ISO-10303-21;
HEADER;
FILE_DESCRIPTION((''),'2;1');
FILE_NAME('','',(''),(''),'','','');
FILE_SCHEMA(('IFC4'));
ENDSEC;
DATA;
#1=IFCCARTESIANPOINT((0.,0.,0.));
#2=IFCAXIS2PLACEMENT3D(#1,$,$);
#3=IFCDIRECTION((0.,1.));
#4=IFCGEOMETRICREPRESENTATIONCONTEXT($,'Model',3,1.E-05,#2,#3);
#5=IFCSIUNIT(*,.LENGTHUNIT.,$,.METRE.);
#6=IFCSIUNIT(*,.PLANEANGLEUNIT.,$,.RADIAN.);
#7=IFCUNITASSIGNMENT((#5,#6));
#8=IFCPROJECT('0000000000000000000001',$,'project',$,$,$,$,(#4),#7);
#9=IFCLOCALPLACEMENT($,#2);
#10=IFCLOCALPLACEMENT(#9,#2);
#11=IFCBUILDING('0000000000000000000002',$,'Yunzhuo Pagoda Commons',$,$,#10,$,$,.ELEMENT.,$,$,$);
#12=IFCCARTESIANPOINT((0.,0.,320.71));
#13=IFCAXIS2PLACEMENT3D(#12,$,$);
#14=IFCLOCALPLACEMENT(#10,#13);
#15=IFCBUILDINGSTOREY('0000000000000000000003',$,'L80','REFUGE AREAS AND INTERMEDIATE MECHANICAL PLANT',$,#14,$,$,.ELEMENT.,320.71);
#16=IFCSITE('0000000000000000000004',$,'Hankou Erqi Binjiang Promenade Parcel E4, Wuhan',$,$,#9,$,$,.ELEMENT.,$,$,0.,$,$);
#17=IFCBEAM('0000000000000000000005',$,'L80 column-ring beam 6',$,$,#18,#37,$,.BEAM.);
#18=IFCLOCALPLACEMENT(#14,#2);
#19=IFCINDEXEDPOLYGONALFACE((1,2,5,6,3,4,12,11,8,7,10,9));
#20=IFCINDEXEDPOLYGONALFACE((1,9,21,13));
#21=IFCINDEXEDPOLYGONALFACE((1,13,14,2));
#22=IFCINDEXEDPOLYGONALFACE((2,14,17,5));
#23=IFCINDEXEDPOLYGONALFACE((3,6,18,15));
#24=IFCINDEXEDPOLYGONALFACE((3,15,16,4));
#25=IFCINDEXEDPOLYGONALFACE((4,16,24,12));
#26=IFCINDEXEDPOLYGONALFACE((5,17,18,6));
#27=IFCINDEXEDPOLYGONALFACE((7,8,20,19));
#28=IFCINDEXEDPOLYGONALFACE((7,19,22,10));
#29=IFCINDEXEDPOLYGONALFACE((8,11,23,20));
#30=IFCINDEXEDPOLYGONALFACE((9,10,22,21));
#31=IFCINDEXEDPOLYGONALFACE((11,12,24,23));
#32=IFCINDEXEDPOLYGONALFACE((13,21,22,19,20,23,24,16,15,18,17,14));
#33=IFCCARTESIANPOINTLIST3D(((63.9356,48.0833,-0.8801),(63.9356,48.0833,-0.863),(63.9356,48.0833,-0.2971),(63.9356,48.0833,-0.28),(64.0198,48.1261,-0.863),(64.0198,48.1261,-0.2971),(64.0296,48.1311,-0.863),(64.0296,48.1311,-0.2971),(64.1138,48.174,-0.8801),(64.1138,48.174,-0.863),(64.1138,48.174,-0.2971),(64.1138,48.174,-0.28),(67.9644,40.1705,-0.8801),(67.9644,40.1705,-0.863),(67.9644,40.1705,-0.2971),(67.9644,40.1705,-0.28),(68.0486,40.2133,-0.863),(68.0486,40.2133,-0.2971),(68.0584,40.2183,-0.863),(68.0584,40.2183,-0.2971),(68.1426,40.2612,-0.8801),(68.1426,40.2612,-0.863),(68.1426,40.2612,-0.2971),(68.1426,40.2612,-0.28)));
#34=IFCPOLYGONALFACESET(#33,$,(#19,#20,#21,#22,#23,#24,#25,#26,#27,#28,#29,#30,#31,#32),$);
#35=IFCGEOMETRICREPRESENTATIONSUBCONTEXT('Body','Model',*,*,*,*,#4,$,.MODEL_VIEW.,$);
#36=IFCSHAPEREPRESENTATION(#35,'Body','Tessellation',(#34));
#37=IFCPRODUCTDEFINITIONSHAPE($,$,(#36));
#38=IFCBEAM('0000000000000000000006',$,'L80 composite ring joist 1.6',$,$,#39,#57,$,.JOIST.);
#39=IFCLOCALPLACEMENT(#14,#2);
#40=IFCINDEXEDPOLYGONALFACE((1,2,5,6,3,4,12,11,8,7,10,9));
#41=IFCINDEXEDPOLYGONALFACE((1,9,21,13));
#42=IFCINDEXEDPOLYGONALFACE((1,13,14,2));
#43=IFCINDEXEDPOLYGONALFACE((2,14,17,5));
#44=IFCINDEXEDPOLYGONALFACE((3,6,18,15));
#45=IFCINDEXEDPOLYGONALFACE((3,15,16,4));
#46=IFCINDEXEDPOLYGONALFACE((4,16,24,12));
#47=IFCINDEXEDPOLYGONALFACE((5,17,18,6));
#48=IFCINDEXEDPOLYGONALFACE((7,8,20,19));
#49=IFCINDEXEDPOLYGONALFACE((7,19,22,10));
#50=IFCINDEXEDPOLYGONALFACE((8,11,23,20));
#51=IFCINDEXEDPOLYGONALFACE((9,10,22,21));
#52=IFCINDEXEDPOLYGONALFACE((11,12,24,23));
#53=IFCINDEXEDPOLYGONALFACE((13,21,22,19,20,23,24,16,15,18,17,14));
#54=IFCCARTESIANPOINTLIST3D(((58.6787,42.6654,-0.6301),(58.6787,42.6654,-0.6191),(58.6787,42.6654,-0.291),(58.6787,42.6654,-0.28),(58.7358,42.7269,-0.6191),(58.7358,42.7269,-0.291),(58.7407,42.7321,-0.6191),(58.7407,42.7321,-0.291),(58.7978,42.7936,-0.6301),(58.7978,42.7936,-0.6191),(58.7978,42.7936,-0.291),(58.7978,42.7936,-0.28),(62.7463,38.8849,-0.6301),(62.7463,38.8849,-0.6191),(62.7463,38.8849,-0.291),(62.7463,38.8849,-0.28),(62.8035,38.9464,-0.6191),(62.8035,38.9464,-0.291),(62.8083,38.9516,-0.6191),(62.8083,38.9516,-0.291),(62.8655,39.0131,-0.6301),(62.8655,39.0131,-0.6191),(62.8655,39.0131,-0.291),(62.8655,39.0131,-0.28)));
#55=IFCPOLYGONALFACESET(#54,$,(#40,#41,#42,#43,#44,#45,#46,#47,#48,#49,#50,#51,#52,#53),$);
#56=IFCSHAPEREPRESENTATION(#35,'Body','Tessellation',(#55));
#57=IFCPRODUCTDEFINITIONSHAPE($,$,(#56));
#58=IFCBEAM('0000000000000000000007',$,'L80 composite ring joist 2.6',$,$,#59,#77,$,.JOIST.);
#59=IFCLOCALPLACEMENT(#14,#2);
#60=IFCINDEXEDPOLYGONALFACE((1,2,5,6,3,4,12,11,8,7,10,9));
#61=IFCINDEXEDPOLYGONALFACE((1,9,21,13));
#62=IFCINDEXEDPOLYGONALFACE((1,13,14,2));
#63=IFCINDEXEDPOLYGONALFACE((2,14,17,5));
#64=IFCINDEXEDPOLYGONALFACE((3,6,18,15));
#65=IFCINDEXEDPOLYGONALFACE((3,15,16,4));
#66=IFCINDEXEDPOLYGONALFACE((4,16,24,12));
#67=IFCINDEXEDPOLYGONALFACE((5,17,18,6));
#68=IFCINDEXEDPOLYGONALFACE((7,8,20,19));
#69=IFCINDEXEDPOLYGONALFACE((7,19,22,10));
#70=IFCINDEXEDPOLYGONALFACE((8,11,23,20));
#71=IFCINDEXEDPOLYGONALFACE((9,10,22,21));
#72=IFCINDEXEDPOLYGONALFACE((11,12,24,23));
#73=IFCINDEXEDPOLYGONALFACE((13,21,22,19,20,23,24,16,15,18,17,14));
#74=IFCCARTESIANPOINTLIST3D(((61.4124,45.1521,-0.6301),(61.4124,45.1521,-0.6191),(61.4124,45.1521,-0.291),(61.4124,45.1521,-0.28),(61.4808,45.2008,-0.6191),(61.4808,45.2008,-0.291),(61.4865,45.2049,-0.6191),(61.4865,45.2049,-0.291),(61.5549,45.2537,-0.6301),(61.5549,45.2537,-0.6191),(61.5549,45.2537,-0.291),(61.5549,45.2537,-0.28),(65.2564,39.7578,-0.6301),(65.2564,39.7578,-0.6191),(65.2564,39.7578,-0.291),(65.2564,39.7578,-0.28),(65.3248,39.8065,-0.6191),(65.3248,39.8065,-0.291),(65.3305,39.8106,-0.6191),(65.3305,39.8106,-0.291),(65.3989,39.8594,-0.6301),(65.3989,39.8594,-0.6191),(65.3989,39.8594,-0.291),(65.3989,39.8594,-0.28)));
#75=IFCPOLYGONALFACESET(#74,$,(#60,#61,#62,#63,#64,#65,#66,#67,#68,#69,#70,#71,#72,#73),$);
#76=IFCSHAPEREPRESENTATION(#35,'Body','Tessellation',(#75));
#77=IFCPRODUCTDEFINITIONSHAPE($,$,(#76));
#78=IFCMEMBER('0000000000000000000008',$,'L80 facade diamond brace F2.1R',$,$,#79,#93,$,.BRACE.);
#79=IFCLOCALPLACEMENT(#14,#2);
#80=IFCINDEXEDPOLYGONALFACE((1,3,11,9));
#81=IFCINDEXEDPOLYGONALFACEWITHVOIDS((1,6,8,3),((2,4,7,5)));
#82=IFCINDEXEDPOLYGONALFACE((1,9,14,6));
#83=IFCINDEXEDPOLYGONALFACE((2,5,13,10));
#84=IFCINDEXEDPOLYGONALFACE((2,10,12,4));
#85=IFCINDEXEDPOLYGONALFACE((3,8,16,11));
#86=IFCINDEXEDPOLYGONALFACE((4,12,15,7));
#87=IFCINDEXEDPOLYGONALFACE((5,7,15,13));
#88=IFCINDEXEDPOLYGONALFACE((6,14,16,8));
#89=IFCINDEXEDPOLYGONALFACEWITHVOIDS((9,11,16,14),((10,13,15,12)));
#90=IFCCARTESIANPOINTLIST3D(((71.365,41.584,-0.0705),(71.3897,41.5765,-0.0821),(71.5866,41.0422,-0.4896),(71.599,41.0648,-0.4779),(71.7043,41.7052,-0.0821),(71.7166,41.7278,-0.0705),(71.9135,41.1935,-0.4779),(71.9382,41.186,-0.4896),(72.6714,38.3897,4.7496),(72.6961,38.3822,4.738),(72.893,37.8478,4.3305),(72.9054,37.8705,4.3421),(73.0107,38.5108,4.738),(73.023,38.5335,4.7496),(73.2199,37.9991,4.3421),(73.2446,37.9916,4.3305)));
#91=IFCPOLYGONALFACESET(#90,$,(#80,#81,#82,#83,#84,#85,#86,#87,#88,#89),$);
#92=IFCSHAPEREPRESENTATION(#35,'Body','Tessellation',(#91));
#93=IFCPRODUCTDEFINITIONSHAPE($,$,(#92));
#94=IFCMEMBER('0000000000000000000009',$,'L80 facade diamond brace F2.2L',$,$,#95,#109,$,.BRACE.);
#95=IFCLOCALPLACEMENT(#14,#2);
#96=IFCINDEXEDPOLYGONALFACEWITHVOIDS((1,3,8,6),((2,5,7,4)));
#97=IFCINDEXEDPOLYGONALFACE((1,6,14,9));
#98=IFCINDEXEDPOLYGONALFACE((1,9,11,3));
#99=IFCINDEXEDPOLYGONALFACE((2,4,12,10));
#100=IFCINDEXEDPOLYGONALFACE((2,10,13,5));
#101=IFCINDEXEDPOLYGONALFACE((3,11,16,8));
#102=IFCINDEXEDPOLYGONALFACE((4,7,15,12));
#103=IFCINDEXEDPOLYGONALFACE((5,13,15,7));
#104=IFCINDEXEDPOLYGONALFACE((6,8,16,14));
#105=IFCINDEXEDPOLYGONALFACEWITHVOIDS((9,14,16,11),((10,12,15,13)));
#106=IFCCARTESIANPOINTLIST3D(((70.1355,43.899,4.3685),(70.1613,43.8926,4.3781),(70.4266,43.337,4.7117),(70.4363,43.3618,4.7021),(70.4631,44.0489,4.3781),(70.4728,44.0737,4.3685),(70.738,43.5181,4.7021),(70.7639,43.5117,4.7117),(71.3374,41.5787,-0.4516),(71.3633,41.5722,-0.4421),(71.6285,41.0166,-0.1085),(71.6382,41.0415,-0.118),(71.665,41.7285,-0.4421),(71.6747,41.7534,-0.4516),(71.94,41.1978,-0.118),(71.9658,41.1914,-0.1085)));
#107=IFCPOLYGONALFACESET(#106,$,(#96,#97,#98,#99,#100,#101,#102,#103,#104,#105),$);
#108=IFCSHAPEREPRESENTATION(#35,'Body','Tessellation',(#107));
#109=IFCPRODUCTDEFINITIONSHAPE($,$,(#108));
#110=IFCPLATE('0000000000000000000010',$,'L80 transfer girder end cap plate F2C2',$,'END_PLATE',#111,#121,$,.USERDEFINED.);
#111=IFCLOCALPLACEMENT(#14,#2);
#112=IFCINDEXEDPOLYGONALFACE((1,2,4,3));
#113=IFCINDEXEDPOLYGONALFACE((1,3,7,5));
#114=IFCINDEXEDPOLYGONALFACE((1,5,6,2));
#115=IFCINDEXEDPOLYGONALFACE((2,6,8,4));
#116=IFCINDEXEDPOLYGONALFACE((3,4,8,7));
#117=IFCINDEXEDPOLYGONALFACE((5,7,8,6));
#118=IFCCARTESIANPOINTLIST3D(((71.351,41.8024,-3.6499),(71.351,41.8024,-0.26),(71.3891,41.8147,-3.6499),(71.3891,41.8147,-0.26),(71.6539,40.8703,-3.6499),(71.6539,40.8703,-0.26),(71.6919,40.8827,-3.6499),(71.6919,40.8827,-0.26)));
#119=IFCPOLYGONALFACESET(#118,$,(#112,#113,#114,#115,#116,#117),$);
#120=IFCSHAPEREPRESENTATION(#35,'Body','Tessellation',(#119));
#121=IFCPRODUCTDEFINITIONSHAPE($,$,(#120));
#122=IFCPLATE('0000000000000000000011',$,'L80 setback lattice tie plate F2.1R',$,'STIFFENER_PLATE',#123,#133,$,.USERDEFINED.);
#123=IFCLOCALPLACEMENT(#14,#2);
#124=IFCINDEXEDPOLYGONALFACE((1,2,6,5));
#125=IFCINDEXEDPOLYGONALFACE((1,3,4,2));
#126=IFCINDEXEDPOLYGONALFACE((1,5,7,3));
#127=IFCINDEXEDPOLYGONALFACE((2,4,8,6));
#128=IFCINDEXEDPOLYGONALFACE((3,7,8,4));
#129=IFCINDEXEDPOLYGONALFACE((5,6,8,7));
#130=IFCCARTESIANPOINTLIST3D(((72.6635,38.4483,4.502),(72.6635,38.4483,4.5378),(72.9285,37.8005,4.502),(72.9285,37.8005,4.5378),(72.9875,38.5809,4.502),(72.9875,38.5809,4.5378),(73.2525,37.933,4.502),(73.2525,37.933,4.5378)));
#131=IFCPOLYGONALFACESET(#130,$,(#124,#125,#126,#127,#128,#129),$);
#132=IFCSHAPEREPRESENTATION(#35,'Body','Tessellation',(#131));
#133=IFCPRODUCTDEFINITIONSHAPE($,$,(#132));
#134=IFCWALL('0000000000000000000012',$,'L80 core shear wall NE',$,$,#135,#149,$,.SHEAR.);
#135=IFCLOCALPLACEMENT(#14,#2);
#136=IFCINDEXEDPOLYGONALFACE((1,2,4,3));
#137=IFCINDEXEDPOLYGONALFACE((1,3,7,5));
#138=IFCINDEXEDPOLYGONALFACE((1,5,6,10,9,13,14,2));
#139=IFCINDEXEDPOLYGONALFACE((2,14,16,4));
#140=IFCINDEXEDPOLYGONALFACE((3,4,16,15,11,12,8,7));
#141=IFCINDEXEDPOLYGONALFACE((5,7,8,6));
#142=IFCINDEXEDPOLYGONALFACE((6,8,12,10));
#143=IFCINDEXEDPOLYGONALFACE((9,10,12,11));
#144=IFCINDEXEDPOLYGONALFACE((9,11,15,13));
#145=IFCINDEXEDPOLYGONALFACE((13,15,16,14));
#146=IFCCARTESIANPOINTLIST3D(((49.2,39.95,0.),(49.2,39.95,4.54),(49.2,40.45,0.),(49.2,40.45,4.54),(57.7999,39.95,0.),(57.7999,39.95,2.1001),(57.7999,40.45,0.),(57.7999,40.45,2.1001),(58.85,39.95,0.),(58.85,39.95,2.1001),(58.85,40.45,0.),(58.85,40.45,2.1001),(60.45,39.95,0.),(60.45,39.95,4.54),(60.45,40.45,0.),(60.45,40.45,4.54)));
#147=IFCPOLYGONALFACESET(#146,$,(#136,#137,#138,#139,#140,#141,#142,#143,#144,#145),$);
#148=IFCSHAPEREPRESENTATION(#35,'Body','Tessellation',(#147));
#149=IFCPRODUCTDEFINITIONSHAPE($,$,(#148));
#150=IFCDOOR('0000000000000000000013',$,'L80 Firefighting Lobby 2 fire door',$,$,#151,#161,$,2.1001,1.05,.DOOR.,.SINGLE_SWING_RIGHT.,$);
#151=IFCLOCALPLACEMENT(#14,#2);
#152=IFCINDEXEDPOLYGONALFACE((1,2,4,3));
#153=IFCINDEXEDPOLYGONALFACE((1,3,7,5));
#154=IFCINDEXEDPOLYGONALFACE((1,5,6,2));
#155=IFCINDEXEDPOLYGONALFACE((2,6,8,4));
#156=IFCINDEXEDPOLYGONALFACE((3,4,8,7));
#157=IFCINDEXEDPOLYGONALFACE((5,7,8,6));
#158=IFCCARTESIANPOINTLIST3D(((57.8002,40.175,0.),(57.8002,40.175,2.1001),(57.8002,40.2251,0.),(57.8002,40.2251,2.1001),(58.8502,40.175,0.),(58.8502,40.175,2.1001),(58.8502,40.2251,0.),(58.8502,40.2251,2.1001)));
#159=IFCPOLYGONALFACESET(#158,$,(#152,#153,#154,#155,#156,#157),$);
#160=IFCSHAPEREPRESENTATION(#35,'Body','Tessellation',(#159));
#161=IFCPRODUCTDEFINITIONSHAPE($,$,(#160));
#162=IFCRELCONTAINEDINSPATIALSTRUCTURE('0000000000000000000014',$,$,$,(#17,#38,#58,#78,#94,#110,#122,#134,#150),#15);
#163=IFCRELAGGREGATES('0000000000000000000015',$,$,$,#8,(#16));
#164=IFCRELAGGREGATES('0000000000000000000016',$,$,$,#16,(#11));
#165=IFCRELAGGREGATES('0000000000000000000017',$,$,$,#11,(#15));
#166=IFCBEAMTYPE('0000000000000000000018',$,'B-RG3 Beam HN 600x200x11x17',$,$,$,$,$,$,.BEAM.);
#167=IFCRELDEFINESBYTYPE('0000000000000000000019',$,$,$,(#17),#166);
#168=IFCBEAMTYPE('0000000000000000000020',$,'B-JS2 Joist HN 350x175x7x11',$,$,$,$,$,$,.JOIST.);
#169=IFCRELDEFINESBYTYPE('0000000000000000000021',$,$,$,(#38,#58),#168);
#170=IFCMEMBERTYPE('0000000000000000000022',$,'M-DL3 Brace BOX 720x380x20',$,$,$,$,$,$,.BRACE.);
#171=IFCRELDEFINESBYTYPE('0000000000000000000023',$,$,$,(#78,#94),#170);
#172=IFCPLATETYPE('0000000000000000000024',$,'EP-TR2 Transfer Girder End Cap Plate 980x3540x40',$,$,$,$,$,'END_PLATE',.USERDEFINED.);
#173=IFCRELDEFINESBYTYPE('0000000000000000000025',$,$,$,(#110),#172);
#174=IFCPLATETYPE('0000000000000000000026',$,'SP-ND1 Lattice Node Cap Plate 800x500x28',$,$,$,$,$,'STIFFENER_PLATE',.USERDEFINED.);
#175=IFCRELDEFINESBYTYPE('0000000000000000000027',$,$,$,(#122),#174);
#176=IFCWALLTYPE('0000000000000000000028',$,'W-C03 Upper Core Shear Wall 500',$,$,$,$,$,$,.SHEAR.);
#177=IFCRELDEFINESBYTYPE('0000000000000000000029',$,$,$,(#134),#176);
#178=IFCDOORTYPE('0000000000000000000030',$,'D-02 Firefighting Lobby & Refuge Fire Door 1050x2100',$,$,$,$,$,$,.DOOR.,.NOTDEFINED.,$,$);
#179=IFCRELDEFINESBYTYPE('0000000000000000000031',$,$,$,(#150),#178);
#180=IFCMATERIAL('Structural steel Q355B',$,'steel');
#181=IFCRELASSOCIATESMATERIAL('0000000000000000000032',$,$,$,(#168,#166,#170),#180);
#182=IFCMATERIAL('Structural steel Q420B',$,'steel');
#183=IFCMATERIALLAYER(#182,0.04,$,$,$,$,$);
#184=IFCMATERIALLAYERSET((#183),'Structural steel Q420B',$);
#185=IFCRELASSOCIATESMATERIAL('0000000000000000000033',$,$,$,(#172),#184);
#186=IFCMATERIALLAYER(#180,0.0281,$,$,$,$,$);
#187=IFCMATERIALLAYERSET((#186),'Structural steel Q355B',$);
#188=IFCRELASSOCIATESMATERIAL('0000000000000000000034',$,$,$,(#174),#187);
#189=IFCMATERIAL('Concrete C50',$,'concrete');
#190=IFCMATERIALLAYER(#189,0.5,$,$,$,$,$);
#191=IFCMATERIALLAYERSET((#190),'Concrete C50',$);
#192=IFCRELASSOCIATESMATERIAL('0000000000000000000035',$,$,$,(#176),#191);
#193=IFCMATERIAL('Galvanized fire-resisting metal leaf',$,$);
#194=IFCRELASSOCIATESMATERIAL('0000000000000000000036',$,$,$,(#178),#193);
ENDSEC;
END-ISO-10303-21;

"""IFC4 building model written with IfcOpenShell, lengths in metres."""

from ifc_helpers import new_model, si_unit, direction, frame, frame_2d, origin, origin_2d, place, context, subcontext, project, spatial, rectangle, hollow_rectangle, i_section, extrude, source, transform, mapped, material, layer, layer_set, material_profile, profile_set, type_object, element, fill, save


model = new_model("IFC4")

# Units and contexts
model_context = context("Model", 3, precision=1e-05, world=origin(), true_north=direction((0.0, 1.0)))
body_context = subcontext(model_context, "Body", "Model", "MODEL_VIEW")
ifc_project = project(units=[si_unit("LENGTHUNIT", "METRE"), si_unit("PLANEANGLEUNIT", "RADIAN")], contexts=[model_context])

# Site, building, storey
site_placement = place(None, origin())
site = spatial("IfcSite", under=ifc_project, at=site_placement, Name="Hankou Erqi Binjiang Promenade Parcel E4, Wuhan", CompositionType="ELEMENT", RefElevation=0.0)
building_placement = place(site_placement, origin())
building = spatial("IfcBuilding", under=site, at=building_placement, Name="Yunzhuo Pagoda Commons", CompositionType="ELEMENT")
storey_placement = place(building_placement, frame((0.0, 0.0, 320.71)))
storey = spatial("IfcBuildingStorey", under=building, at=storey_placement, Name="L80", Description="REFUGE AREAS AND INTERMEDIATE MECHANICAL PLANT", CompositionType="ELEMENT", Elevation=320.71)

# Shared definitions
ifc_material_1 = material(Name="Structural steel Q420B", Category="steel")
ifc_material_2 = material(Name="Structural steel Q355B", Category="steel")

# Beams
ifc_material_profile_1 = material_profile(ifc_material_2, i_section(OverallWidth=0.175, OverallDepth=0.3501, WebThickness=0.0071, FlangeThickness=0.011, at=origin_2d()), Name="Structural steel Q355B")
ifc_profile_set_1 = profile_set([ifc_material_profile_1], Name="Structural steel Q355B")
beam_type_1 = type_object("IfcBeamType", Name="B-JS2 Joist HN 350x175x7x11", PredefinedType="JOIST", material=ifc_profile_set_1)
ifc_material_profile_2 = material_profile(ifc_material_2, i_section(OverallWidth=0.2, OverallDepth=0.6001, WebThickness=0.011, FlangeThickness=0.0171, at=origin_2d()), Name="Structural steel Q355B")
ifc_profile_set_2 = profile_set([ifc_material_profile_2], Name="Structural steel Q355B")
beam_type_2 = type_object("IfcBeamType", Name="B-RG3 Beam HN 600x200x11x17", PredefinedType="BEAM", material=ifc_profile_set_2)
shared_shape_1 = source(origin(), body_context, "Body", "SweptSolid", [
    extrude(i_section(OverallWidth=0.2, OverallDepth=0.6001, WebThickness=0.011, FlangeThickness=0.0171, at=origin_2d()), origin(), (0.0, 0.0, 1.0), 8.8794),
])
beam_1_placement = place(storey_placement, frame((68.0535, 40.2158, -0.5801), z_axis=(-0.453724, 0.891142, 0.0), x_axis=(-0.891142, -0.453724, 0.0)))
element("IfcBeam", 1, at=beam_1_placement, inside=storey, type_object=beam_type_2, Name="L80 column-ring beam 6", PredefinedType="BEAM", context=body_context, shape_type="MappedRepresentation", body=[
    mapped(shared_shape_1, transform((0.0, 0.0, 0.0), scale=1.0)),
])
shared_shape_2 = source(origin(), body_context, "Body", "SweptSolid", [
    extrude(i_section(OverallWidth=0.175, OverallDepth=0.3501, WebThickness=0.0071, FlangeThickness=0.011, at=origin_2d()), origin(), (0.0, 0.0, 1.0), 5.5532),
])
beam_2_placement = place(storey_placement, frame((62.8059, 38.949, -0.4551), z_axis=(-0.732485, 0.680783, 0.0), x_axis=(-0.680783, -0.732485, 0.0)))
element("IfcBeam", 2, at=beam_2_placement, inside=storey, type_object=beam_type_1, Name="L80 composite ring joist 1.6", PredefinedType="JOIST", context=body_context, shape_type="MappedRepresentation", body=[
    mapped(shared_shape_2, transform((0.0, 0.0, 0.0), scale=1.0)),
])
shared_shape_3 = source(origin(), body_context, "Body", "SweptSolid", [
    extrude(i_section(OverallWidth=0.175, OverallDepth=0.3501, WebThickness=0.0071, FlangeThickness=0.011, at=origin_2d()), origin(), (0.0, 0.0, 1.0), 6.6238),
])
beam_3_placement = place(storey_placement, frame((65.3276, 39.8086, -0.4551), z_axis=(-0.580331, 0.81438, 0.0), x_axis=(-0.81438, -0.580331, 0.0)))
element("IfcBeam", 3, at=beam_3_placement, inside=storey, type_object=beam_type_1, Name="L80 composite ring joist 2.6", PredefinedType="JOIST", context=body_context, shape_type="MappedRepresentation", body=[
    mapped(shared_shape_3, transform((0.0, 0.0, 0.0), scale=1.0)),
])

# Members
ifc_material_profile_3 = material_profile(ifc_material_2, hollow_rectangle(XDim=0.3799, YDim=0.72, WallThickness=0.02, at=origin_2d()), Name="Structural steel Q355B")
ifc_profile_set_3 = profile_set([ifc_material_profile_3], Name="Structural steel Q355B")
member_type = type_object("IfcMemberType", Name="M-DL3 Brace BOX 720x380x20", PredefinedType="BRACE", material=ifc_profile_set_3)
shared_shape_4 = source(origin(), body_context, "Body", "SweptSolid", [
    extrude(hollow_rectangle(XDim=0.3799, YDim=0.72, WallThickness=0.02, at=origin_2d()), origin(), (0.0, 0.0, 1.0), 5.9282),
])
member_1_placement = place(storey_placement, frame((71.6516, 41.385, -0.28), z_axis=(0.22037, -0.538838, 0.813075), x_axis=(0.925585, 0.378539, 0.0)))
element("IfcMember", 4, at=member_1_placement, inside=storey, type_object=member_type, Name="L80 facade diamond brace F2.1R", PredefinedType="BRACE", context=body_context, shape_type="MappedRepresentation", body=[
    mapped(shared_shape_4, transform((0.0, 0.0, 0.0), scale=1.0)),
])
shared_shape_5 = source(origin(), body_context, "Body", "SweptSolid", [
    extrude(hollow_rectangle(XDim=0.3799, YDim=0.72, WallThickness=0.02, at=origin_2d()), origin(), (0.0, 0.0, 1.0), 5.4829),
])
member_2_placement = place(storey_placement, frame((71.6516, 41.385, -0.28), z_axis=(-0.219212, 0.423196, 0.87912), x_axis=(-0.887945, -0.459949, 0.0)))
element("IfcMember", 5, at=member_2_placement, inside=storey, type_object=member_type, Name="L80 facade diamond brace F2.2L", PredefinedType="BRACE", context=body_context, shape_type="MappedRepresentation", body=[
    mapped(shared_shape_5, transform((0.0, 0.0, 0.0), scale=1.0)),
])

# Plates
ifc_layer_1 = layer(ifc_material_1, 0.04)
ifc_layer_set_1 = layer_set([ifc_layer_1], Name="Structural steel Q420B")
plate_type_1 = type_object("IfcPlateType", Name="EP-TR2 Transfer Girder End Cap Plate 980x3540x40", ElementType="END_PLATE", PredefinedType="USERDEFINED", material=ifc_layer_set_1)
shared_shape_6 = source(origin(), body_context, "Body", "SweptSolid", [
    extrude(rectangle(XDim=0.98, YDim=0.04, at=origin_2d()), origin(), (0.0, 0.0, 1.0), 3.3899),
])
plate_1_placement = place(storey_placement, frame((71.5215, 41.3425, -3.6499), z_axis=(0.0, 0.0, 1.0), x_axis=(-0.309017, 0.951057, 0.0)))
element("IfcPlate", 6, at=plate_1_placement, inside=storey, type_object=plate_type_1, Name="L80 transfer girder end cap plate F2C2", ObjectType="END_PLATE", PredefinedType="USERDEFINED", context=body_context, shape_type="MappedRepresentation", body=[
    mapped(shared_shape_6, transform((0.0, 0.0, 0.0), scale=1.0)),
])
ifc_layer_2 = layer(ifc_material_2, 0.0281)
ifc_layer_set_2 = layer_set([ifc_layer_2], Name="Structural steel Q355B")
plate_type_2 = type_object("IfcPlateType", Name="SP-ND1 Lattice Node Cap Plate 800x500x28", ElementType="STIFFENER_PLATE", PredefinedType="USERDEFINED", material=ifc_layer_set_2)
shared_shape_7 = source(origin(), body_context, "Body", "SweptSolid", [
    extrude(rectangle(XDim=0.7, YDim=0.3501, at=origin_2d()), origin(), (0.0, 0.0, 1.0), 0.0359),
])
plate_2_placement = place(storey_placement, frame((72.958, 38.1907, 4.502), z_axis=(0.0, 0.0, 1.0), x_axis=(-0.378568, 0.925574, 0.0)))
element("IfcPlate", 7, at=plate_2_placement, inside=storey, type_object=plate_type_2, Name="L80 setback lattice tie plate F2.1R", ObjectType="STIFFENER_PLATE", PredefinedType="USERDEFINED", context=body_context, shape_type="MappedRepresentation", body=[
    mapped(shared_shape_7, transform((0.0, 0.0, 0.0), scale=1.0)),
])

# Wall, opening, door
ifc_material_3 = material(Name="Concrete C50", Category="concrete")
ifc_layer_3 = layer(ifc_material_3, 0.5)
ifc_layer_set_3 = layer_set([ifc_layer_3], Name="Concrete C50")
wall_type_1 = type_object("IfcWallType", Name="W-C03 Upper Core Shear Wall 500", PredefinedType="SHEAR", material=ifc_layer_set_3)
wall_1_placement = place(storey_placement, frame((49.2, 40.2, 0.0), z_axis=(0.0, 0.0, 1.0), x_axis=(1.0, 0.0, 0.0)))
wall_1 = element("IfcWall", 8, at=wall_1_placement, inside=storey, type_object=wall_type_1, Name="L80 core shear wall NE", PredefinedType="SHEAR", context=body_context, shape_type="SweptSolid", body=[
    extrude(rectangle(XDim=11.25, YDim=0.5, at=frame_2d((5.625, 0.0))), origin(), (0.0, 0.0, 1.0), 4.54),
])
opening_1_placement = place(wall_1_placement, frame((8.6001, 0.0, 0.0)))
opening_1 = element("IfcOpeningElement", 9, at=opening_1_placement, cuts=wall_1, PredefinedType="OPENING", context=body_context, shape_type="SweptSolid", body=[
    extrude(rectangle(XDim=1.05, YDim=2.1001, at=frame_2d((0.5249, 1.05))), frame((0.0, 0.26, 0.0), z_axis=(0.0, -1.0, 0.0), x_axis=(1.0, 0.0, 0.0)), (0.0, 0.0, 1.0), 0.52),
])
ifc_material_4 = material(Name="Galvanized fire-resisting metal leaf")
door_type_1 = type_object("IfcDoorType", Name="D-02 Firefighting Lobby & Refuge Fire Door 1050x2100", OperationType="NOTDEFINED", PredefinedType="DOOR", material=ifc_material_4)
shared_shape_8 = source(origin(), body_context, "Body", "SweptSolid", [
    extrude(rectangle(XDim=1.05, YDim=2.1001, at=frame_2d((0.5249, 1.05))), frame((0.0, 0.0249, 0.0), z_axis=(0.0, -1.0, 0.0), x_axis=(1.0, 0.0, 0.0)), (0.0, 0.0, 1.0), 0.05),
])
door_1_placement = place(opening_1_placement, frame((1.05, 0.0, 0.0), z_axis=(0.0, 0.0, 1.0), x_axis=(-1.0, 0.0, 0.0)))
door_1 = element("IfcDoor", 10, at=door_1_placement, inside=storey, type_object=door_type_1, Name="L80 Firefighting Lobby 2 fire door", OperationType="SINGLE_SWING_RIGHT", OverallHeight=2.1001, OverallWidth=1.05, PredefinedType="DOOR", context=body_context, shape_type="MappedRepresentation", body=[
    mapped(shared_shape_8, transform((0.0, 0.0, 0.0), scale=1.0)),
])
fill(opening_1, door_1)

save(model, "model.ifc")
